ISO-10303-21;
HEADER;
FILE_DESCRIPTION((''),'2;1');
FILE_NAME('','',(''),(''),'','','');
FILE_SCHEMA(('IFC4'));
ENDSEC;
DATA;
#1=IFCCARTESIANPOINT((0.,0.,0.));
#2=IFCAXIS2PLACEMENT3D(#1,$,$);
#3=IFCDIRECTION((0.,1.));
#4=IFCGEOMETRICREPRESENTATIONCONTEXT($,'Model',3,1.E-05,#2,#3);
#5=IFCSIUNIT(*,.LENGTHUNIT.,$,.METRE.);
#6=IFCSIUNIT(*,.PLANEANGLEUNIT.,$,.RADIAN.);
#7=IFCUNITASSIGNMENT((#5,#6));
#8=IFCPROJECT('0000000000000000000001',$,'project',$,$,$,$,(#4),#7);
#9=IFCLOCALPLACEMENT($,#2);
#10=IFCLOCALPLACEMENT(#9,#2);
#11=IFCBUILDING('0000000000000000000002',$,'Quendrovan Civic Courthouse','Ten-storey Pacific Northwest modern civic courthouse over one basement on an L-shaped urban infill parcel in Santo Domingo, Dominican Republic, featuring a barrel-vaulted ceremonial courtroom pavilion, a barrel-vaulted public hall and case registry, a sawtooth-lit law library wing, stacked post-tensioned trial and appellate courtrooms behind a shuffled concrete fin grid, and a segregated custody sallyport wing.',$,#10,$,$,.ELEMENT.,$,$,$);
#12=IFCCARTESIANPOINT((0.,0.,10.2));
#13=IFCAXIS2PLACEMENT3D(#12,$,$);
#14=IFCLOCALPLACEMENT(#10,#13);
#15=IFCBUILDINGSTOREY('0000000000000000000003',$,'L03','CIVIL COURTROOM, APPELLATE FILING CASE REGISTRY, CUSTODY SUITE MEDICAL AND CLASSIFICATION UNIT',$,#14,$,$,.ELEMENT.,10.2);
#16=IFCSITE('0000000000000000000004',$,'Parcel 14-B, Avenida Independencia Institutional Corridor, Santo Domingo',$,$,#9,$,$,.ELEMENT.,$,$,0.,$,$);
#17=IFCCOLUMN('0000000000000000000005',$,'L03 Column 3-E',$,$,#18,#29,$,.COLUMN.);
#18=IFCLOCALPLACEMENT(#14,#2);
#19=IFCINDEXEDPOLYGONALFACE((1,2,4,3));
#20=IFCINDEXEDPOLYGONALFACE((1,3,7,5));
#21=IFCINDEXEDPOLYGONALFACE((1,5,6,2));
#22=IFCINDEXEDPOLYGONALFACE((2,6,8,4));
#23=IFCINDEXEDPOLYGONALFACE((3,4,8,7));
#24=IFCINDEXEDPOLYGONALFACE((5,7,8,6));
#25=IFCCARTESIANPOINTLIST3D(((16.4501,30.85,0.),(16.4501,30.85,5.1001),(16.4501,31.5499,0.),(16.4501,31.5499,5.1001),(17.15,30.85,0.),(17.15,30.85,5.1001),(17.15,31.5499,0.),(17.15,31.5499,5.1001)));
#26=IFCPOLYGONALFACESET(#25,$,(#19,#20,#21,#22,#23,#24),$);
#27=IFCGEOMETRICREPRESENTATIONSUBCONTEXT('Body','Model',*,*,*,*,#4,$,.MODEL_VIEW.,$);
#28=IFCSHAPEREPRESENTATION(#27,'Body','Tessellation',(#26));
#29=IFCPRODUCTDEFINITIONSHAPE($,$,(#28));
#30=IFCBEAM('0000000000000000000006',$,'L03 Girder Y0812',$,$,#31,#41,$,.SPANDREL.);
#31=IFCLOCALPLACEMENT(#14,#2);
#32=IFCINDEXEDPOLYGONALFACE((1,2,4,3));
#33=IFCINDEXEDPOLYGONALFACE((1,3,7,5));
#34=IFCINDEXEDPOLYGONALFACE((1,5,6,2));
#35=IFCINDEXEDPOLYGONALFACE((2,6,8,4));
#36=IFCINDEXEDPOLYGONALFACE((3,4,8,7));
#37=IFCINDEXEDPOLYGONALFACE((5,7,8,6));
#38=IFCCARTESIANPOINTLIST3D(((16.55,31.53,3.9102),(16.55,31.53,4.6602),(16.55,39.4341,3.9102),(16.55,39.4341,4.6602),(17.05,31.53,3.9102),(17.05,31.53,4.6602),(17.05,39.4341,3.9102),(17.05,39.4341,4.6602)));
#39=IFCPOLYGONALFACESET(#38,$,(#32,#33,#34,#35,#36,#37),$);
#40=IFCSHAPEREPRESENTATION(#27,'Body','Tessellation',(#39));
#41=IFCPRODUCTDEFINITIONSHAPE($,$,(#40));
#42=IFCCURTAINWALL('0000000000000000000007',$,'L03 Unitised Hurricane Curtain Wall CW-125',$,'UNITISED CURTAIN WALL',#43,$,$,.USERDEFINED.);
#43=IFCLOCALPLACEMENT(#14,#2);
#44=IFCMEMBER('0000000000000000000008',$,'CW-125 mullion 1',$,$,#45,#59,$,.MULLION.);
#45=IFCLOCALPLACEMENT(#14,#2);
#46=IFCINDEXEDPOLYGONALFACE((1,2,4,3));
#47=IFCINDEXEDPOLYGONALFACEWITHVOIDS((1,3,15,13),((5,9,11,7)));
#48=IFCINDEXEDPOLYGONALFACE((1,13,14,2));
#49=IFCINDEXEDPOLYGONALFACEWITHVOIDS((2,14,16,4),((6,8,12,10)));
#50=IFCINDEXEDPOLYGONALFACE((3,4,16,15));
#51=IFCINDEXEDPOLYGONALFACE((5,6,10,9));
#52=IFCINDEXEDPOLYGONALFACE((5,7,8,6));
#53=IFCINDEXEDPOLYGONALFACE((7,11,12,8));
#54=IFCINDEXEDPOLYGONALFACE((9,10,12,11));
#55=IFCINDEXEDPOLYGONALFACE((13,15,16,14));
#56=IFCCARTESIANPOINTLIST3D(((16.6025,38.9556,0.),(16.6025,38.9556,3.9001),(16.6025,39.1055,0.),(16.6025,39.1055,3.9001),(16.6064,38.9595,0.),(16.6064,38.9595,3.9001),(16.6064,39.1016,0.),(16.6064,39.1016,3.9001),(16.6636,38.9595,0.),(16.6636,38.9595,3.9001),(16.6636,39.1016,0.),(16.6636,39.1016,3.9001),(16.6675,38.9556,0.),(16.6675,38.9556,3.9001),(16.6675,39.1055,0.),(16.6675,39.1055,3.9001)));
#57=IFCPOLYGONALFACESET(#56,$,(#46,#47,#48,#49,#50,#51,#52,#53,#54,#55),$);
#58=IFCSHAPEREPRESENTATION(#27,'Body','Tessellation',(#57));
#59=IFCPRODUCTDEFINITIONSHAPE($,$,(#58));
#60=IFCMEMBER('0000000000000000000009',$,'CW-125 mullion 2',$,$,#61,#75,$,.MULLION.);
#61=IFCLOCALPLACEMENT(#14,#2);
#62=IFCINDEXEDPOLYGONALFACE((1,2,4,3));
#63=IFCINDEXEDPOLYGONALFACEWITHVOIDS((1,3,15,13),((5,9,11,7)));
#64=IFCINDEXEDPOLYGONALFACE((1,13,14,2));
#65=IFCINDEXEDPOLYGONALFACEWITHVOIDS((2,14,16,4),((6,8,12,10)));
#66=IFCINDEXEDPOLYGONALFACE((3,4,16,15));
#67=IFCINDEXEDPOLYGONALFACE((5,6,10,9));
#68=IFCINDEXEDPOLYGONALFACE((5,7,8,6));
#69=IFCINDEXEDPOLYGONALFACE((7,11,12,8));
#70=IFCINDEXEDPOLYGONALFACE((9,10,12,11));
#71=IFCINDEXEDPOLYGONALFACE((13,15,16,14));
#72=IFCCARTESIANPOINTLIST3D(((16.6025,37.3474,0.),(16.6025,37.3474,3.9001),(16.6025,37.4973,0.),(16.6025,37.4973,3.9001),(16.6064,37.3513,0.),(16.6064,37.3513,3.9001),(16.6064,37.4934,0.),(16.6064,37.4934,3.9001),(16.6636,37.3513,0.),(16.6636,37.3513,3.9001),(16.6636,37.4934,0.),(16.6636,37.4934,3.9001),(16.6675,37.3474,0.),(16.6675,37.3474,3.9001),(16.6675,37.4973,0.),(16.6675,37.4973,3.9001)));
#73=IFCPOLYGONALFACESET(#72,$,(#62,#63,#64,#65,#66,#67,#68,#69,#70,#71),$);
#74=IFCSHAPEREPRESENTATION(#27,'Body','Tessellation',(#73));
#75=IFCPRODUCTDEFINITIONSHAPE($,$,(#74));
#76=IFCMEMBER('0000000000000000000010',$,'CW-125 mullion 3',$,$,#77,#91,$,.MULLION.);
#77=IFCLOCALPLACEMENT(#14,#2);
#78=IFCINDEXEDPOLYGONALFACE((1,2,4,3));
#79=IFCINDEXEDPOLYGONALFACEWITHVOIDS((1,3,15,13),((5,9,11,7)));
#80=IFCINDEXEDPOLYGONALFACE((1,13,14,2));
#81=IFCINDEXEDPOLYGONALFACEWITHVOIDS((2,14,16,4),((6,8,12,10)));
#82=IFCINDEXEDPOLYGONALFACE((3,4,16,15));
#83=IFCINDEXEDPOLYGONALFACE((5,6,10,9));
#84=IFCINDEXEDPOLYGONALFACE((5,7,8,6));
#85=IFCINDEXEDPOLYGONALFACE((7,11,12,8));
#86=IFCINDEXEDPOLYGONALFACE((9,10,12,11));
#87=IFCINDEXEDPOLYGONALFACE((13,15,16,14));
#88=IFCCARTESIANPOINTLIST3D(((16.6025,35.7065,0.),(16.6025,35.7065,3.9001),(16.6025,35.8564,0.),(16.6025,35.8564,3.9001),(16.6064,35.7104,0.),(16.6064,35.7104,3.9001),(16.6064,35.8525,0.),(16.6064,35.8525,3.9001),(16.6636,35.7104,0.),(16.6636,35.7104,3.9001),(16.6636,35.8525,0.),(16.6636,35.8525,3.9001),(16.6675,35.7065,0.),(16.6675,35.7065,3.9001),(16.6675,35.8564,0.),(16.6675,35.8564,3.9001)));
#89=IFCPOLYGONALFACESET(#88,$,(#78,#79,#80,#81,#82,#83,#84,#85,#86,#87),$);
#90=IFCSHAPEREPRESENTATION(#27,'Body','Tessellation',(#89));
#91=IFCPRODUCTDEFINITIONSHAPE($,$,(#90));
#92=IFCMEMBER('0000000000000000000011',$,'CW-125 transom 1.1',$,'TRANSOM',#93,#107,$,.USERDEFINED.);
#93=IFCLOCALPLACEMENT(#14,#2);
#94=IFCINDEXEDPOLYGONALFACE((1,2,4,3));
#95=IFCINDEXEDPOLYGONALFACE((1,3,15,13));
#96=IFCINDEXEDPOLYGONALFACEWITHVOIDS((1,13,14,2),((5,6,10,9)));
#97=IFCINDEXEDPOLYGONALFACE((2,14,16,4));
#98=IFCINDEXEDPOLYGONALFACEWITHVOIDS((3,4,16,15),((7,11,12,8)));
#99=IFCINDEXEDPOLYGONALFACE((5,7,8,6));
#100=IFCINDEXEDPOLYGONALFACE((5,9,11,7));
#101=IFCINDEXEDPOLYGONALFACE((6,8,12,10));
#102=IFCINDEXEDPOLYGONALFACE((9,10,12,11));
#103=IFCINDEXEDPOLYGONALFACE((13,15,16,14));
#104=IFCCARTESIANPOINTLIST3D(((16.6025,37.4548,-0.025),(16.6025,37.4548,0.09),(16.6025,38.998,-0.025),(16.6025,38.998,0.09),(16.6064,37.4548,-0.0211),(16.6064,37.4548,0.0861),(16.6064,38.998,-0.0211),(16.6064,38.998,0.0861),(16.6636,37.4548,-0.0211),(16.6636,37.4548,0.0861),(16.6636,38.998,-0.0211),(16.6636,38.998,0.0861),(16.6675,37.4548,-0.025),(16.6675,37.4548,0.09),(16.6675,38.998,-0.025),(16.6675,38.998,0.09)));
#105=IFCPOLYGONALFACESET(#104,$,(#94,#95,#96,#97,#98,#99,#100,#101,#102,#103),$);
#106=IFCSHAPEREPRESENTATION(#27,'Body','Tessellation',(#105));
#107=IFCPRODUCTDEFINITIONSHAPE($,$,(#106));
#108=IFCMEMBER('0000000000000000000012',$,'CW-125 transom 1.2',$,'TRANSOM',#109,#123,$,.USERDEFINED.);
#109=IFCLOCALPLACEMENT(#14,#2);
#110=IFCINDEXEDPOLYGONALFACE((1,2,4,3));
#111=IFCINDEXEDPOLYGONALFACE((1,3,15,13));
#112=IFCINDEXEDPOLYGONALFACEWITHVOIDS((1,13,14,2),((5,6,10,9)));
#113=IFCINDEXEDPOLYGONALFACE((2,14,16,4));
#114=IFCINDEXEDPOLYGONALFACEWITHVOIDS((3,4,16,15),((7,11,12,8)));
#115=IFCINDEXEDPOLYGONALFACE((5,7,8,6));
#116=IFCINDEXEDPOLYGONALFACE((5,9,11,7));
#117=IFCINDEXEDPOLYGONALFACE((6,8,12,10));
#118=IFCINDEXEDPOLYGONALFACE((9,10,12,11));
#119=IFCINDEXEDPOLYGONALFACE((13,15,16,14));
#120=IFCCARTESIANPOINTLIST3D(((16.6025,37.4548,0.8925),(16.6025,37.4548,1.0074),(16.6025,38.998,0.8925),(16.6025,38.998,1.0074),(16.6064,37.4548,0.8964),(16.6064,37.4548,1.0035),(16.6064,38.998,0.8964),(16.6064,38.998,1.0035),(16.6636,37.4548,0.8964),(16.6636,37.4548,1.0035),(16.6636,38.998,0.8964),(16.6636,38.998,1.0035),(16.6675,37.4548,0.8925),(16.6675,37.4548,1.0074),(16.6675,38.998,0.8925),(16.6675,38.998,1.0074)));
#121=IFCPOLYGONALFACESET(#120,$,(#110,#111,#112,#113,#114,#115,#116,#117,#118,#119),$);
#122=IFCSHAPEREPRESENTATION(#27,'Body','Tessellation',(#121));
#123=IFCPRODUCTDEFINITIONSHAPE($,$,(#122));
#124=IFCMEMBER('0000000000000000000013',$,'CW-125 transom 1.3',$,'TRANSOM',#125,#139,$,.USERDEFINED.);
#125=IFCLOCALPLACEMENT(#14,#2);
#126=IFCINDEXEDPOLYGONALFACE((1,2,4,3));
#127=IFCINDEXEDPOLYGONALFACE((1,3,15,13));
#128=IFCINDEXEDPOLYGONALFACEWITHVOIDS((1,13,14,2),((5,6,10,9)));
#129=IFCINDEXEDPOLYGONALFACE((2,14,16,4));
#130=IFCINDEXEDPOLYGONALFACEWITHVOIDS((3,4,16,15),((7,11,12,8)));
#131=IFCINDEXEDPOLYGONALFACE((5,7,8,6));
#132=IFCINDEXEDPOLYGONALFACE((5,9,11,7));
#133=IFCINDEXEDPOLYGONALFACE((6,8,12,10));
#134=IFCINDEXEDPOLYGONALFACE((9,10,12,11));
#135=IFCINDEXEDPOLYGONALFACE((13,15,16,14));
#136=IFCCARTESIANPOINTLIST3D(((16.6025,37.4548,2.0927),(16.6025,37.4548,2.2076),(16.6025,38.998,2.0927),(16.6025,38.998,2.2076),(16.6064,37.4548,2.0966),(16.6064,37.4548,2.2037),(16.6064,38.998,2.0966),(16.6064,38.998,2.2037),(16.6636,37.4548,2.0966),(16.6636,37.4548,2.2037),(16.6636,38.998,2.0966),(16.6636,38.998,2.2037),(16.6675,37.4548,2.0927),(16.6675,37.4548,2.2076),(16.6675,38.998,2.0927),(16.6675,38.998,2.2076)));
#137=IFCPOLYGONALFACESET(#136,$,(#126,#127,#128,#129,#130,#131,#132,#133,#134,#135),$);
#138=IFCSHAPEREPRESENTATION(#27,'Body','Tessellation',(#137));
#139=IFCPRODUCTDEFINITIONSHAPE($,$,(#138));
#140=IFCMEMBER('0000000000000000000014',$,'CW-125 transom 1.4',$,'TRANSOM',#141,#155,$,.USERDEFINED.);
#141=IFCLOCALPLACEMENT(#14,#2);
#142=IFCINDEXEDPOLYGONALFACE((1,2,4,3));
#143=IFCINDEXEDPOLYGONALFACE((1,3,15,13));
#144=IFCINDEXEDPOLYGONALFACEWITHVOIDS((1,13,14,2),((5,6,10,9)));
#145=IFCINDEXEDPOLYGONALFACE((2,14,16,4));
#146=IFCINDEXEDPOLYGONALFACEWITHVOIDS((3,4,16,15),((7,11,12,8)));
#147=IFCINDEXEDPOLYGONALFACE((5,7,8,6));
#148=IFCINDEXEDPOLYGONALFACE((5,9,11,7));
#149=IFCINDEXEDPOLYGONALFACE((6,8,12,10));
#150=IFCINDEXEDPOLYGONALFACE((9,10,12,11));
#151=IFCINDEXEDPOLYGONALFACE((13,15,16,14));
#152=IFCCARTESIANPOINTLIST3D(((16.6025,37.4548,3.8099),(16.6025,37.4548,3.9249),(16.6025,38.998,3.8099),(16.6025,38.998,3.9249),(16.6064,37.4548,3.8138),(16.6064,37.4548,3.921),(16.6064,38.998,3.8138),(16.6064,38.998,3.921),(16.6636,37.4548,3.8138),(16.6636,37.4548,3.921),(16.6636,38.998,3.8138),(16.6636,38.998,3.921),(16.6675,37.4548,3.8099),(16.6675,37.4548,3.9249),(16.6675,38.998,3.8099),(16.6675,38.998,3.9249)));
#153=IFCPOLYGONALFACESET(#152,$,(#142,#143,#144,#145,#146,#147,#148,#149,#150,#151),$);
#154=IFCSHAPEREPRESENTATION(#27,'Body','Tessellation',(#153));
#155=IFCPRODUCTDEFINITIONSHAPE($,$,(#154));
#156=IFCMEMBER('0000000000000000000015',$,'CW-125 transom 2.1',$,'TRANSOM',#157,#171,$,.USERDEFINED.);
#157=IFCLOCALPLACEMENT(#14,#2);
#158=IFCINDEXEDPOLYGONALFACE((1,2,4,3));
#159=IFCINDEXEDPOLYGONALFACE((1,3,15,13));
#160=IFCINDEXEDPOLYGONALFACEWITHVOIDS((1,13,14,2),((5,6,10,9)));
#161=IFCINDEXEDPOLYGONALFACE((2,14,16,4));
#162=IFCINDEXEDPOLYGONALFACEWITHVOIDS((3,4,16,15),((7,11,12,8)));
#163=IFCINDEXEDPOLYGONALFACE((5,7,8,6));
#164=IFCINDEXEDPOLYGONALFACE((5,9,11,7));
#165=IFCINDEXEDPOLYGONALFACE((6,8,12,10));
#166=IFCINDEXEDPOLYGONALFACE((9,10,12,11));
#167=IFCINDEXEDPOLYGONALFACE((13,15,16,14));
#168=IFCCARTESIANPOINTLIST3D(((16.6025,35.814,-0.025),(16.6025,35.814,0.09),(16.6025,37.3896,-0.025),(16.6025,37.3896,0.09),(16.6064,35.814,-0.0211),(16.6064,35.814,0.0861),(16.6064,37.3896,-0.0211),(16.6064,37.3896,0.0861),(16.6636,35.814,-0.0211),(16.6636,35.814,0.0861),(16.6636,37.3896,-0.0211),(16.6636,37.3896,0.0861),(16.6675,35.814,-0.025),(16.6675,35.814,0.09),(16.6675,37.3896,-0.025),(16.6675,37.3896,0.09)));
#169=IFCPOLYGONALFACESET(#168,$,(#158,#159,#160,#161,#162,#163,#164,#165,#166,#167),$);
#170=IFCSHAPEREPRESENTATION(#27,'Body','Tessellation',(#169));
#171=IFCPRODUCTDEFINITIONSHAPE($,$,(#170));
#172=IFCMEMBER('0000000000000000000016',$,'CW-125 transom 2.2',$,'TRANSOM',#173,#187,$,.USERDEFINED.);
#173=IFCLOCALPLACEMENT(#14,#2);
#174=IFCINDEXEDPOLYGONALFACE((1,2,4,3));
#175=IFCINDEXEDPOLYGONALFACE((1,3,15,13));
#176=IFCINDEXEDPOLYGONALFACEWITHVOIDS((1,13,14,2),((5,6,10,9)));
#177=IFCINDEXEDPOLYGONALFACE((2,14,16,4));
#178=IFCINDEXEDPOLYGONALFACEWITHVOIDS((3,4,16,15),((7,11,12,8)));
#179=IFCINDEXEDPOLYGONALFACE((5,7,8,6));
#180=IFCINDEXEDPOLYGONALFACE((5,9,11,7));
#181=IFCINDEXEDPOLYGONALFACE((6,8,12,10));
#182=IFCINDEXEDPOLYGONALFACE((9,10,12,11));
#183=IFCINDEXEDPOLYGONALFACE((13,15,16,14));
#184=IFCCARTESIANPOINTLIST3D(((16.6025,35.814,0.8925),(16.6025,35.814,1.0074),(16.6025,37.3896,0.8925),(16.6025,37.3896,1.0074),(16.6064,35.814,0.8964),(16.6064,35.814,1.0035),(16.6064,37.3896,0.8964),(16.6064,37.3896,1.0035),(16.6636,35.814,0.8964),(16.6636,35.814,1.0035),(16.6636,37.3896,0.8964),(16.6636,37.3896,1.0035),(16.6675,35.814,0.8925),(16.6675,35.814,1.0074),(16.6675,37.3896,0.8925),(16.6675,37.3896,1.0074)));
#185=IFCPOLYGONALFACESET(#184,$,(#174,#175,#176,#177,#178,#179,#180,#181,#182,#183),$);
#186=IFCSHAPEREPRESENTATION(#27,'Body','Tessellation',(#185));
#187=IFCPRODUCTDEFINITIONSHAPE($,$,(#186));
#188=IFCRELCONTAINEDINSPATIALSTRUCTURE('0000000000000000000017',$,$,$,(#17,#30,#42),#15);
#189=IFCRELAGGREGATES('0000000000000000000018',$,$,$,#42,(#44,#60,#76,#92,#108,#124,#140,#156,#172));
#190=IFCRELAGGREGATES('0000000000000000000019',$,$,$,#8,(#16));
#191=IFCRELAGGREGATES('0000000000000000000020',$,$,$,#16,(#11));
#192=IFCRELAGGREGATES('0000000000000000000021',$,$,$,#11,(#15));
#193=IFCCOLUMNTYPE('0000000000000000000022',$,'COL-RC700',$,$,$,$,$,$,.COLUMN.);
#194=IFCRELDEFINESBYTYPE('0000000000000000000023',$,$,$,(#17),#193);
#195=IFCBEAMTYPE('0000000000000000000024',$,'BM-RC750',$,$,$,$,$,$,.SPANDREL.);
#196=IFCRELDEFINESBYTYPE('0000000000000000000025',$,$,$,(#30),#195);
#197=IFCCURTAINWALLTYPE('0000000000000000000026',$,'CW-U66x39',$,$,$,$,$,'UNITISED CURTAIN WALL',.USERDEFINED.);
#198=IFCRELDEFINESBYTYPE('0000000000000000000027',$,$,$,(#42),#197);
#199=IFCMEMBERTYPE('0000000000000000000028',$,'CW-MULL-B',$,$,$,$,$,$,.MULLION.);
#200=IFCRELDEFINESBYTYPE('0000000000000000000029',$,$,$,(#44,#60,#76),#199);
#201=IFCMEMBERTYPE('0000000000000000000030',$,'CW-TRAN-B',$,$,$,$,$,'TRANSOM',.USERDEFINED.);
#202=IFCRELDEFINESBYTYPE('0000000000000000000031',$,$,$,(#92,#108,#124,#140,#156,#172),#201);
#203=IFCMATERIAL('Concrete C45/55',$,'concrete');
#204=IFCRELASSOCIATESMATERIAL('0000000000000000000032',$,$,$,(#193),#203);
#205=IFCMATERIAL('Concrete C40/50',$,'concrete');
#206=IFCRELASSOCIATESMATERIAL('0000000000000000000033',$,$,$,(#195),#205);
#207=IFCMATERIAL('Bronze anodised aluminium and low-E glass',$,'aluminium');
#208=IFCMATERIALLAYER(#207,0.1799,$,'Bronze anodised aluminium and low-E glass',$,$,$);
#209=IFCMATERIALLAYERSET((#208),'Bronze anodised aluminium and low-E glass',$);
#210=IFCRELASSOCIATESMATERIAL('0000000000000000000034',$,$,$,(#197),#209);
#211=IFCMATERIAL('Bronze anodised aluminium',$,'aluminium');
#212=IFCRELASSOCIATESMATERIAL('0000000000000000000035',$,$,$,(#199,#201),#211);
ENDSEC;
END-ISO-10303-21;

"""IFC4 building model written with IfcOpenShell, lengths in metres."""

from ifc_helpers import new_model, si_unit, direction, frame, origin, origin_2d, place, context, subcontext, project, spatial, rectangle, hollow_rectangle, extrude, material, layer, layer_set, material_profile, profile_set, type_object, element, aggregate, save


model = new_model("IFC4")

# Units and contexts
model_context = context("Model", 3, precision=1e-05, world=origin(), true_north=direction((0.0, 1.0)))
body_context = subcontext(model_context, "Body", "Model", "MODEL_VIEW")
ifc_project = project(units=[si_unit("LENGTHUNIT", "METRE"), si_unit("PLANEANGLEUNIT", "RADIAN")], contexts=[model_context])

# Site, building, storey
site_placement = place(None, origin())
site = spatial("IfcSite", under=ifc_project, at=site_placement, Name="Parcel 14-B, Avenida Independencia Institutional Corridor, Santo Domingo", CompositionType="ELEMENT", RefElevation=0.0)
building_placement = place(site_placement, origin())
building = spatial("IfcBuilding", under=site, at=building_placement, Name="Quendrovan Civic Courthouse", Description="Ten-storey Pacific Northwest modern civic courthouse over one basement on an L-shaped urban infill parcel in Santo Domingo, Dominican Republic, featuring a barrel-vaulted ceremonial courtroom pavilion, a barrel-vaulted public hall and case registry, a sawtooth-lit law library wing, stacked post-tensioned trial and appellate courtrooms behind a shuffled concrete fin grid, and a segregated custody sallyport wing.", CompositionType="ELEMENT")
storey_placement = place(building_placement, frame((0.0, 0.0, 10.2)))
storey = spatial("IfcBuildingStorey", under=building, at=storey_placement, Name="L03", Description="CIVIL COURTROOM, APPELLATE FILING CASE REGISTRY, CUSTODY SUITE MEDICAL AND CLASSIFICATION UNIT", CompositionType="ELEMENT", Elevation=10.2)

# Column
ifc_material_1 = material(Name="Concrete C45/55", Category="concrete")
ifc_material_profile_1 = material_profile(ifc_material_1, rectangle(XDim=0.7, YDim=0.7, at=origin_2d()), Name="RC-COL-700x700")
ifc_profile_set_1 = profile_set([ifc_material_profile_1], Name="Concrete C45/55")
column_type = type_object("IfcColumnType", Name="COL-RC700", PredefinedType="COLUMN", material=ifc_profile_set_1)
column_placement = place(storey_placement, frame((16.8, 31.2, 0.0), z_axis=(0.0, 0.0, 1.0), x_axis=(1.0, 0.0, 0.0)))
element("IfcColumn", 1, at=column_placement, inside=storey, type_object=column_type, Name="L03 Column 3-E", PredefinedType="COLUMN", context=body_context, shape_type="SweptSolid", body=[
    extrude(rectangle(XDim=0.7, YDim=0.7, at=origin_2d()), origin(), (0.0, 0.0, 1.0), 5.1001),
])

# Beam
ifc_material_2 = material(Name="Concrete C40/50", Category="concrete")
ifc_material_profile_2 = material_profile(ifc_material_2, rectangle(XDim=0.5, YDim=0.75, at=origin_2d()), Name="RC-BM-500x750")
ifc_profile_set_2 = profile_set([ifc_material_profile_2], Name="Concrete C40/50")
beam_type = type_object("IfcBeamType", Name="BM-RC750", PredefinedType="SPANDREL", material=ifc_profile_set_2)
beam_placement = place(storey_placement, frame((16.8, 31.53, 4.2852), z_axis=(0.0, 1.0, 0.0), x_axis=(-1.0, 0.0, 0.0)))
element("IfcBeam", 2, at=beam_placement, inside=storey, type_object=beam_type, Name="L03 Girder Y0812", PredefinedType="SPANDREL", context=body_context, shape_type="SweptSolid", body=[
    extrude(rectangle(XDim=0.5, YDim=0.75, at=origin_2d()), origin(), (0.0, 0.0, 1.0), 7.9041),
])

# Curtain wall, members
ifc_material_3 = material(Name="Bronze anodised aluminium and low-E glass", Category="aluminium")
ifc_layer_1 = layer(ifc_material_3, 0.1799, Name="Bronze anodised aluminium and low-E glass")
ifc_layer_set_1 = layer_set([ifc_layer_1], Name="Bronze anodised aluminium and low-E glass")
curtain_wall_type = type_object("IfcCurtainWallType", Name="CW-U66x39", ElementType="UNITISED CURTAIN WALL", PredefinedType="USERDEFINED", material=ifc_layer_set_1)
curtain_wall_placement = place(storey_placement, origin())
curtain_wall = element("IfcCurtainWall", 3, at=curtain_wall_placement, inside=storey, type_object=curtain_wall_type, Name="L03 Unitised Hurricane Curtain Wall CW-125", ObjectType="UNITISED CURTAIN WALL", PredefinedType="USERDEFINED")
ifc_material_4 = material(Name="Bronze anodised aluminium", Category="aluminium")
ifc_material_profile_3 = material_profile(ifc_material_4, hollow_rectangle(XDim=0.0649, YDim=0.1499, WallThickness=0.0039, at=origin_2d()), Name="CW-MULL-65x150")
ifc_profile_set_3 = profile_set([ifc_material_profile_3], Name="Bronze anodised aluminium")
member_type_1 = type_object("IfcMemberType", Name="CW-MULL-B", PredefinedType="MULLION", material=ifc_profile_set_3)
member_1_placement = place(storey_placement, frame((16.635, 39.0305, 0.0), z_axis=(0.0, 0.0, 1.0), x_axis=(1.0, 0.0, 0.0)))
member_1 = element("IfcMember", 4, at=member_1_placement, type_object=member_type_1, Name="CW-125 mullion 1", PredefinedType="MULLION", context=body_context, shape_type="SweptSolid", body=[
    extrude(hollow_rectangle(XDim=0.0649, YDim=0.1499, WallThickness=0.0039, at=origin_2d()), origin(), (0.0, 0.0, 1.0), 3.9001),
])
member_2_placement = place(storey_placement, frame((16.635, 37.4224, 0.0), z_axis=(0.0, 0.0, 1.0), x_axis=(1.0, 0.0, 0.0)))
member_2 = element("IfcMember", 5, at=member_2_placement, type_object=member_type_1, Name="CW-125 mullion 2", PredefinedType="MULLION", context=body_context, shape_type="SweptSolid", body=[
    extrude(hollow_rectangle(XDim=0.0649, YDim=0.1499, WallThickness=0.0039, at=origin_2d()), origin(), (0.0, 0.0, 1.0), 3.9001),
])
member_3_placement = place(storey_placement, frame((16.635, 35.7815, 0.0), z_axis=(0.0, 0.0, 1.0), x_axis=(1.0, 0.0, 0.0)))
member_3 = element("IfcMember", 6, at=member_3_placement, type_object=member_type_1, Name="CW-125 mullion 3", PredefinedType="MULLION", context=body_context, shape_type="SweptSolid", body=[
    extrude(hollow_rectangle(XDim=0.0649, YDim=0.1499, WallThickness=0.0039, at=origin_2d()), origin(), (0.0, 0.0, 1.0), 3.9001),
])
ifc_material_profile_4 = material_profile(ifc_material_4, hollow_rectangle(XDim=0.0649, YDim=0.115, WallThickness=0.0039, at=origin_2d()), Name="CW-TRAN-65x115")
ifc_profile_set_4 = profile_set([ifc_material_profile_4], Name="Bronze anodised aluminium")
member_type_2 = type_object("IfcMemberType", Name="CW-TRAN-B", ElementType="TRANSOM", PredefinedType="USERDEFINED", material=ifc_profile_set_4)
member_4_placement = place(storey_placement, frame((16.635, 38.998, 0.0325), z_axis=(0.0, -1.0, 0.0), x_axis=(1.0, 0.0, 0.0)))
member_4 = element("IfcMember", 7, at=member_4_placement, type_object=member_type_2, Name="CW-125 transom 1.1", ObjectType="TRANSOM", PredefinedType="USERDEFINED", context=body_context, shape_type="SweptSolid", body=[
    extrude(hollow_rectangle(XDim=0.0649, YDim=0.115, WallThickness=0.0039, at=origin_2d()), origin(), (0.0, 0.0, 1.0), 1.5432),
])
member_5_placement = place(storey_placement, frame((16.635, 38.998, 0.95), z_axis=(0.0, -1.0, 0.0), x_axis=(1.0, 0.0, 0.0)))
member_5 = element("IfcMember", 8, at=member_5_placement, type_object=member_type_2, Name="CW-125 transom 1.2", ObjectType="TRANSOM", PredefinedType="USERDEFINED", context=body_context, shape_type="SweptSolid", body=[
    extrude(hollow_rectangle(XDim=0.0649, YDim=0.115, WallThickness=0.0039, at=origin_2d()), origin(), (0.0, 0.0, 1.0), 1.5432),
])
member_6_placement = place(storey_placement, frame((16.635, 38.998, 2.1501), z_axis=(0.0, -1.0, 0.0), x_axis=(1.0, 0.0, 0.0)))
member_6 = element("IfcMember", 9, at=member_6_placement, type_object=member_type_2, Name="CW-125 transom 1.3", ObjectType="TRANSOM", PredefinedType="USERDEFINED", context=body_context, shape_type="SweptSolid", body=[
    extrude(hollow_rectangle(XDim=0.0649, YDim=0.115, WallThickness=0.0039, at=origin_2d()), origin(), (0.0, 0.0, 1.0), 1.5432),
])
member_7_placement = place(storey_placement, frame((16.635, 38.998, 3.8674), z_axis=(0.0, -1.0, 0.0), x_axis=(1.0, 0.0, 0.0)))
member_7 = element("IfcMember", 10, at=member_7_placement, type_object=member_type_2, Name="CW-125 transom 1.4", ObjectType="TRANSOM", PredefinedType="USERDEFINED", context=body_context, shape_type="SweptSolid", body=[
    extrude(hollow_rectangle(XDim=0.0649, YDim=0.115, WallThickness=0.0039, at=origin_2d()), origin(), (0.0, 0.0, 1.0), 1.5432),
])
member_8_placement = place(storey_placement, frame((16.635, 37.3896, 0.0325), z_axis=(0.0, -1.0, 0.0), x_axis=(1.0, 0.0, 0.0)))
member_8 = element("IfcMember", 11, at=member_8_placement, type_object=member_type_2, Name="CW-125 transom 2.1", ObjectType="TRANSOM", PredefinedType="USERDEFINED", context=body_context, shape_type="SweptSolid", body=[
    extrude(hollow_rectangle(XDim=0.0649, YDim=0.115, WallThickness=0.0039, at=origin_2d()), origin(), (0.0, 0.0, 1.0), 1.5757),
])
member_9_placement = place(storey_placement, frame((16.635, 37.3896, 0.95), z_axis=(0.0, -1.0, 0.0), x_axis=(1.0, 0.0, 0.0)))
member_9 = element("IfcMember", 12, at=member_9_placement, type_object=member_type_2, Name="CW-125 transom 2.2", ObjectType="TRANSOM", PredefinedType="USERDEFINED", context=body_context, shape_type="SweptSolid", body=[
    extrude(hollow_rectangle(XDim=0.0649, YDim=0.115, WallThickness=0.0039, at=origin_2d()), origin(), (0.0, 0.0, 1.0), 1.5757),
])
aggregate(curtain_wall, [member_1, member_2, member_3, member_4, member_5, member_6, member_7, member_8, member_9])

save(model, "model.ifc")
